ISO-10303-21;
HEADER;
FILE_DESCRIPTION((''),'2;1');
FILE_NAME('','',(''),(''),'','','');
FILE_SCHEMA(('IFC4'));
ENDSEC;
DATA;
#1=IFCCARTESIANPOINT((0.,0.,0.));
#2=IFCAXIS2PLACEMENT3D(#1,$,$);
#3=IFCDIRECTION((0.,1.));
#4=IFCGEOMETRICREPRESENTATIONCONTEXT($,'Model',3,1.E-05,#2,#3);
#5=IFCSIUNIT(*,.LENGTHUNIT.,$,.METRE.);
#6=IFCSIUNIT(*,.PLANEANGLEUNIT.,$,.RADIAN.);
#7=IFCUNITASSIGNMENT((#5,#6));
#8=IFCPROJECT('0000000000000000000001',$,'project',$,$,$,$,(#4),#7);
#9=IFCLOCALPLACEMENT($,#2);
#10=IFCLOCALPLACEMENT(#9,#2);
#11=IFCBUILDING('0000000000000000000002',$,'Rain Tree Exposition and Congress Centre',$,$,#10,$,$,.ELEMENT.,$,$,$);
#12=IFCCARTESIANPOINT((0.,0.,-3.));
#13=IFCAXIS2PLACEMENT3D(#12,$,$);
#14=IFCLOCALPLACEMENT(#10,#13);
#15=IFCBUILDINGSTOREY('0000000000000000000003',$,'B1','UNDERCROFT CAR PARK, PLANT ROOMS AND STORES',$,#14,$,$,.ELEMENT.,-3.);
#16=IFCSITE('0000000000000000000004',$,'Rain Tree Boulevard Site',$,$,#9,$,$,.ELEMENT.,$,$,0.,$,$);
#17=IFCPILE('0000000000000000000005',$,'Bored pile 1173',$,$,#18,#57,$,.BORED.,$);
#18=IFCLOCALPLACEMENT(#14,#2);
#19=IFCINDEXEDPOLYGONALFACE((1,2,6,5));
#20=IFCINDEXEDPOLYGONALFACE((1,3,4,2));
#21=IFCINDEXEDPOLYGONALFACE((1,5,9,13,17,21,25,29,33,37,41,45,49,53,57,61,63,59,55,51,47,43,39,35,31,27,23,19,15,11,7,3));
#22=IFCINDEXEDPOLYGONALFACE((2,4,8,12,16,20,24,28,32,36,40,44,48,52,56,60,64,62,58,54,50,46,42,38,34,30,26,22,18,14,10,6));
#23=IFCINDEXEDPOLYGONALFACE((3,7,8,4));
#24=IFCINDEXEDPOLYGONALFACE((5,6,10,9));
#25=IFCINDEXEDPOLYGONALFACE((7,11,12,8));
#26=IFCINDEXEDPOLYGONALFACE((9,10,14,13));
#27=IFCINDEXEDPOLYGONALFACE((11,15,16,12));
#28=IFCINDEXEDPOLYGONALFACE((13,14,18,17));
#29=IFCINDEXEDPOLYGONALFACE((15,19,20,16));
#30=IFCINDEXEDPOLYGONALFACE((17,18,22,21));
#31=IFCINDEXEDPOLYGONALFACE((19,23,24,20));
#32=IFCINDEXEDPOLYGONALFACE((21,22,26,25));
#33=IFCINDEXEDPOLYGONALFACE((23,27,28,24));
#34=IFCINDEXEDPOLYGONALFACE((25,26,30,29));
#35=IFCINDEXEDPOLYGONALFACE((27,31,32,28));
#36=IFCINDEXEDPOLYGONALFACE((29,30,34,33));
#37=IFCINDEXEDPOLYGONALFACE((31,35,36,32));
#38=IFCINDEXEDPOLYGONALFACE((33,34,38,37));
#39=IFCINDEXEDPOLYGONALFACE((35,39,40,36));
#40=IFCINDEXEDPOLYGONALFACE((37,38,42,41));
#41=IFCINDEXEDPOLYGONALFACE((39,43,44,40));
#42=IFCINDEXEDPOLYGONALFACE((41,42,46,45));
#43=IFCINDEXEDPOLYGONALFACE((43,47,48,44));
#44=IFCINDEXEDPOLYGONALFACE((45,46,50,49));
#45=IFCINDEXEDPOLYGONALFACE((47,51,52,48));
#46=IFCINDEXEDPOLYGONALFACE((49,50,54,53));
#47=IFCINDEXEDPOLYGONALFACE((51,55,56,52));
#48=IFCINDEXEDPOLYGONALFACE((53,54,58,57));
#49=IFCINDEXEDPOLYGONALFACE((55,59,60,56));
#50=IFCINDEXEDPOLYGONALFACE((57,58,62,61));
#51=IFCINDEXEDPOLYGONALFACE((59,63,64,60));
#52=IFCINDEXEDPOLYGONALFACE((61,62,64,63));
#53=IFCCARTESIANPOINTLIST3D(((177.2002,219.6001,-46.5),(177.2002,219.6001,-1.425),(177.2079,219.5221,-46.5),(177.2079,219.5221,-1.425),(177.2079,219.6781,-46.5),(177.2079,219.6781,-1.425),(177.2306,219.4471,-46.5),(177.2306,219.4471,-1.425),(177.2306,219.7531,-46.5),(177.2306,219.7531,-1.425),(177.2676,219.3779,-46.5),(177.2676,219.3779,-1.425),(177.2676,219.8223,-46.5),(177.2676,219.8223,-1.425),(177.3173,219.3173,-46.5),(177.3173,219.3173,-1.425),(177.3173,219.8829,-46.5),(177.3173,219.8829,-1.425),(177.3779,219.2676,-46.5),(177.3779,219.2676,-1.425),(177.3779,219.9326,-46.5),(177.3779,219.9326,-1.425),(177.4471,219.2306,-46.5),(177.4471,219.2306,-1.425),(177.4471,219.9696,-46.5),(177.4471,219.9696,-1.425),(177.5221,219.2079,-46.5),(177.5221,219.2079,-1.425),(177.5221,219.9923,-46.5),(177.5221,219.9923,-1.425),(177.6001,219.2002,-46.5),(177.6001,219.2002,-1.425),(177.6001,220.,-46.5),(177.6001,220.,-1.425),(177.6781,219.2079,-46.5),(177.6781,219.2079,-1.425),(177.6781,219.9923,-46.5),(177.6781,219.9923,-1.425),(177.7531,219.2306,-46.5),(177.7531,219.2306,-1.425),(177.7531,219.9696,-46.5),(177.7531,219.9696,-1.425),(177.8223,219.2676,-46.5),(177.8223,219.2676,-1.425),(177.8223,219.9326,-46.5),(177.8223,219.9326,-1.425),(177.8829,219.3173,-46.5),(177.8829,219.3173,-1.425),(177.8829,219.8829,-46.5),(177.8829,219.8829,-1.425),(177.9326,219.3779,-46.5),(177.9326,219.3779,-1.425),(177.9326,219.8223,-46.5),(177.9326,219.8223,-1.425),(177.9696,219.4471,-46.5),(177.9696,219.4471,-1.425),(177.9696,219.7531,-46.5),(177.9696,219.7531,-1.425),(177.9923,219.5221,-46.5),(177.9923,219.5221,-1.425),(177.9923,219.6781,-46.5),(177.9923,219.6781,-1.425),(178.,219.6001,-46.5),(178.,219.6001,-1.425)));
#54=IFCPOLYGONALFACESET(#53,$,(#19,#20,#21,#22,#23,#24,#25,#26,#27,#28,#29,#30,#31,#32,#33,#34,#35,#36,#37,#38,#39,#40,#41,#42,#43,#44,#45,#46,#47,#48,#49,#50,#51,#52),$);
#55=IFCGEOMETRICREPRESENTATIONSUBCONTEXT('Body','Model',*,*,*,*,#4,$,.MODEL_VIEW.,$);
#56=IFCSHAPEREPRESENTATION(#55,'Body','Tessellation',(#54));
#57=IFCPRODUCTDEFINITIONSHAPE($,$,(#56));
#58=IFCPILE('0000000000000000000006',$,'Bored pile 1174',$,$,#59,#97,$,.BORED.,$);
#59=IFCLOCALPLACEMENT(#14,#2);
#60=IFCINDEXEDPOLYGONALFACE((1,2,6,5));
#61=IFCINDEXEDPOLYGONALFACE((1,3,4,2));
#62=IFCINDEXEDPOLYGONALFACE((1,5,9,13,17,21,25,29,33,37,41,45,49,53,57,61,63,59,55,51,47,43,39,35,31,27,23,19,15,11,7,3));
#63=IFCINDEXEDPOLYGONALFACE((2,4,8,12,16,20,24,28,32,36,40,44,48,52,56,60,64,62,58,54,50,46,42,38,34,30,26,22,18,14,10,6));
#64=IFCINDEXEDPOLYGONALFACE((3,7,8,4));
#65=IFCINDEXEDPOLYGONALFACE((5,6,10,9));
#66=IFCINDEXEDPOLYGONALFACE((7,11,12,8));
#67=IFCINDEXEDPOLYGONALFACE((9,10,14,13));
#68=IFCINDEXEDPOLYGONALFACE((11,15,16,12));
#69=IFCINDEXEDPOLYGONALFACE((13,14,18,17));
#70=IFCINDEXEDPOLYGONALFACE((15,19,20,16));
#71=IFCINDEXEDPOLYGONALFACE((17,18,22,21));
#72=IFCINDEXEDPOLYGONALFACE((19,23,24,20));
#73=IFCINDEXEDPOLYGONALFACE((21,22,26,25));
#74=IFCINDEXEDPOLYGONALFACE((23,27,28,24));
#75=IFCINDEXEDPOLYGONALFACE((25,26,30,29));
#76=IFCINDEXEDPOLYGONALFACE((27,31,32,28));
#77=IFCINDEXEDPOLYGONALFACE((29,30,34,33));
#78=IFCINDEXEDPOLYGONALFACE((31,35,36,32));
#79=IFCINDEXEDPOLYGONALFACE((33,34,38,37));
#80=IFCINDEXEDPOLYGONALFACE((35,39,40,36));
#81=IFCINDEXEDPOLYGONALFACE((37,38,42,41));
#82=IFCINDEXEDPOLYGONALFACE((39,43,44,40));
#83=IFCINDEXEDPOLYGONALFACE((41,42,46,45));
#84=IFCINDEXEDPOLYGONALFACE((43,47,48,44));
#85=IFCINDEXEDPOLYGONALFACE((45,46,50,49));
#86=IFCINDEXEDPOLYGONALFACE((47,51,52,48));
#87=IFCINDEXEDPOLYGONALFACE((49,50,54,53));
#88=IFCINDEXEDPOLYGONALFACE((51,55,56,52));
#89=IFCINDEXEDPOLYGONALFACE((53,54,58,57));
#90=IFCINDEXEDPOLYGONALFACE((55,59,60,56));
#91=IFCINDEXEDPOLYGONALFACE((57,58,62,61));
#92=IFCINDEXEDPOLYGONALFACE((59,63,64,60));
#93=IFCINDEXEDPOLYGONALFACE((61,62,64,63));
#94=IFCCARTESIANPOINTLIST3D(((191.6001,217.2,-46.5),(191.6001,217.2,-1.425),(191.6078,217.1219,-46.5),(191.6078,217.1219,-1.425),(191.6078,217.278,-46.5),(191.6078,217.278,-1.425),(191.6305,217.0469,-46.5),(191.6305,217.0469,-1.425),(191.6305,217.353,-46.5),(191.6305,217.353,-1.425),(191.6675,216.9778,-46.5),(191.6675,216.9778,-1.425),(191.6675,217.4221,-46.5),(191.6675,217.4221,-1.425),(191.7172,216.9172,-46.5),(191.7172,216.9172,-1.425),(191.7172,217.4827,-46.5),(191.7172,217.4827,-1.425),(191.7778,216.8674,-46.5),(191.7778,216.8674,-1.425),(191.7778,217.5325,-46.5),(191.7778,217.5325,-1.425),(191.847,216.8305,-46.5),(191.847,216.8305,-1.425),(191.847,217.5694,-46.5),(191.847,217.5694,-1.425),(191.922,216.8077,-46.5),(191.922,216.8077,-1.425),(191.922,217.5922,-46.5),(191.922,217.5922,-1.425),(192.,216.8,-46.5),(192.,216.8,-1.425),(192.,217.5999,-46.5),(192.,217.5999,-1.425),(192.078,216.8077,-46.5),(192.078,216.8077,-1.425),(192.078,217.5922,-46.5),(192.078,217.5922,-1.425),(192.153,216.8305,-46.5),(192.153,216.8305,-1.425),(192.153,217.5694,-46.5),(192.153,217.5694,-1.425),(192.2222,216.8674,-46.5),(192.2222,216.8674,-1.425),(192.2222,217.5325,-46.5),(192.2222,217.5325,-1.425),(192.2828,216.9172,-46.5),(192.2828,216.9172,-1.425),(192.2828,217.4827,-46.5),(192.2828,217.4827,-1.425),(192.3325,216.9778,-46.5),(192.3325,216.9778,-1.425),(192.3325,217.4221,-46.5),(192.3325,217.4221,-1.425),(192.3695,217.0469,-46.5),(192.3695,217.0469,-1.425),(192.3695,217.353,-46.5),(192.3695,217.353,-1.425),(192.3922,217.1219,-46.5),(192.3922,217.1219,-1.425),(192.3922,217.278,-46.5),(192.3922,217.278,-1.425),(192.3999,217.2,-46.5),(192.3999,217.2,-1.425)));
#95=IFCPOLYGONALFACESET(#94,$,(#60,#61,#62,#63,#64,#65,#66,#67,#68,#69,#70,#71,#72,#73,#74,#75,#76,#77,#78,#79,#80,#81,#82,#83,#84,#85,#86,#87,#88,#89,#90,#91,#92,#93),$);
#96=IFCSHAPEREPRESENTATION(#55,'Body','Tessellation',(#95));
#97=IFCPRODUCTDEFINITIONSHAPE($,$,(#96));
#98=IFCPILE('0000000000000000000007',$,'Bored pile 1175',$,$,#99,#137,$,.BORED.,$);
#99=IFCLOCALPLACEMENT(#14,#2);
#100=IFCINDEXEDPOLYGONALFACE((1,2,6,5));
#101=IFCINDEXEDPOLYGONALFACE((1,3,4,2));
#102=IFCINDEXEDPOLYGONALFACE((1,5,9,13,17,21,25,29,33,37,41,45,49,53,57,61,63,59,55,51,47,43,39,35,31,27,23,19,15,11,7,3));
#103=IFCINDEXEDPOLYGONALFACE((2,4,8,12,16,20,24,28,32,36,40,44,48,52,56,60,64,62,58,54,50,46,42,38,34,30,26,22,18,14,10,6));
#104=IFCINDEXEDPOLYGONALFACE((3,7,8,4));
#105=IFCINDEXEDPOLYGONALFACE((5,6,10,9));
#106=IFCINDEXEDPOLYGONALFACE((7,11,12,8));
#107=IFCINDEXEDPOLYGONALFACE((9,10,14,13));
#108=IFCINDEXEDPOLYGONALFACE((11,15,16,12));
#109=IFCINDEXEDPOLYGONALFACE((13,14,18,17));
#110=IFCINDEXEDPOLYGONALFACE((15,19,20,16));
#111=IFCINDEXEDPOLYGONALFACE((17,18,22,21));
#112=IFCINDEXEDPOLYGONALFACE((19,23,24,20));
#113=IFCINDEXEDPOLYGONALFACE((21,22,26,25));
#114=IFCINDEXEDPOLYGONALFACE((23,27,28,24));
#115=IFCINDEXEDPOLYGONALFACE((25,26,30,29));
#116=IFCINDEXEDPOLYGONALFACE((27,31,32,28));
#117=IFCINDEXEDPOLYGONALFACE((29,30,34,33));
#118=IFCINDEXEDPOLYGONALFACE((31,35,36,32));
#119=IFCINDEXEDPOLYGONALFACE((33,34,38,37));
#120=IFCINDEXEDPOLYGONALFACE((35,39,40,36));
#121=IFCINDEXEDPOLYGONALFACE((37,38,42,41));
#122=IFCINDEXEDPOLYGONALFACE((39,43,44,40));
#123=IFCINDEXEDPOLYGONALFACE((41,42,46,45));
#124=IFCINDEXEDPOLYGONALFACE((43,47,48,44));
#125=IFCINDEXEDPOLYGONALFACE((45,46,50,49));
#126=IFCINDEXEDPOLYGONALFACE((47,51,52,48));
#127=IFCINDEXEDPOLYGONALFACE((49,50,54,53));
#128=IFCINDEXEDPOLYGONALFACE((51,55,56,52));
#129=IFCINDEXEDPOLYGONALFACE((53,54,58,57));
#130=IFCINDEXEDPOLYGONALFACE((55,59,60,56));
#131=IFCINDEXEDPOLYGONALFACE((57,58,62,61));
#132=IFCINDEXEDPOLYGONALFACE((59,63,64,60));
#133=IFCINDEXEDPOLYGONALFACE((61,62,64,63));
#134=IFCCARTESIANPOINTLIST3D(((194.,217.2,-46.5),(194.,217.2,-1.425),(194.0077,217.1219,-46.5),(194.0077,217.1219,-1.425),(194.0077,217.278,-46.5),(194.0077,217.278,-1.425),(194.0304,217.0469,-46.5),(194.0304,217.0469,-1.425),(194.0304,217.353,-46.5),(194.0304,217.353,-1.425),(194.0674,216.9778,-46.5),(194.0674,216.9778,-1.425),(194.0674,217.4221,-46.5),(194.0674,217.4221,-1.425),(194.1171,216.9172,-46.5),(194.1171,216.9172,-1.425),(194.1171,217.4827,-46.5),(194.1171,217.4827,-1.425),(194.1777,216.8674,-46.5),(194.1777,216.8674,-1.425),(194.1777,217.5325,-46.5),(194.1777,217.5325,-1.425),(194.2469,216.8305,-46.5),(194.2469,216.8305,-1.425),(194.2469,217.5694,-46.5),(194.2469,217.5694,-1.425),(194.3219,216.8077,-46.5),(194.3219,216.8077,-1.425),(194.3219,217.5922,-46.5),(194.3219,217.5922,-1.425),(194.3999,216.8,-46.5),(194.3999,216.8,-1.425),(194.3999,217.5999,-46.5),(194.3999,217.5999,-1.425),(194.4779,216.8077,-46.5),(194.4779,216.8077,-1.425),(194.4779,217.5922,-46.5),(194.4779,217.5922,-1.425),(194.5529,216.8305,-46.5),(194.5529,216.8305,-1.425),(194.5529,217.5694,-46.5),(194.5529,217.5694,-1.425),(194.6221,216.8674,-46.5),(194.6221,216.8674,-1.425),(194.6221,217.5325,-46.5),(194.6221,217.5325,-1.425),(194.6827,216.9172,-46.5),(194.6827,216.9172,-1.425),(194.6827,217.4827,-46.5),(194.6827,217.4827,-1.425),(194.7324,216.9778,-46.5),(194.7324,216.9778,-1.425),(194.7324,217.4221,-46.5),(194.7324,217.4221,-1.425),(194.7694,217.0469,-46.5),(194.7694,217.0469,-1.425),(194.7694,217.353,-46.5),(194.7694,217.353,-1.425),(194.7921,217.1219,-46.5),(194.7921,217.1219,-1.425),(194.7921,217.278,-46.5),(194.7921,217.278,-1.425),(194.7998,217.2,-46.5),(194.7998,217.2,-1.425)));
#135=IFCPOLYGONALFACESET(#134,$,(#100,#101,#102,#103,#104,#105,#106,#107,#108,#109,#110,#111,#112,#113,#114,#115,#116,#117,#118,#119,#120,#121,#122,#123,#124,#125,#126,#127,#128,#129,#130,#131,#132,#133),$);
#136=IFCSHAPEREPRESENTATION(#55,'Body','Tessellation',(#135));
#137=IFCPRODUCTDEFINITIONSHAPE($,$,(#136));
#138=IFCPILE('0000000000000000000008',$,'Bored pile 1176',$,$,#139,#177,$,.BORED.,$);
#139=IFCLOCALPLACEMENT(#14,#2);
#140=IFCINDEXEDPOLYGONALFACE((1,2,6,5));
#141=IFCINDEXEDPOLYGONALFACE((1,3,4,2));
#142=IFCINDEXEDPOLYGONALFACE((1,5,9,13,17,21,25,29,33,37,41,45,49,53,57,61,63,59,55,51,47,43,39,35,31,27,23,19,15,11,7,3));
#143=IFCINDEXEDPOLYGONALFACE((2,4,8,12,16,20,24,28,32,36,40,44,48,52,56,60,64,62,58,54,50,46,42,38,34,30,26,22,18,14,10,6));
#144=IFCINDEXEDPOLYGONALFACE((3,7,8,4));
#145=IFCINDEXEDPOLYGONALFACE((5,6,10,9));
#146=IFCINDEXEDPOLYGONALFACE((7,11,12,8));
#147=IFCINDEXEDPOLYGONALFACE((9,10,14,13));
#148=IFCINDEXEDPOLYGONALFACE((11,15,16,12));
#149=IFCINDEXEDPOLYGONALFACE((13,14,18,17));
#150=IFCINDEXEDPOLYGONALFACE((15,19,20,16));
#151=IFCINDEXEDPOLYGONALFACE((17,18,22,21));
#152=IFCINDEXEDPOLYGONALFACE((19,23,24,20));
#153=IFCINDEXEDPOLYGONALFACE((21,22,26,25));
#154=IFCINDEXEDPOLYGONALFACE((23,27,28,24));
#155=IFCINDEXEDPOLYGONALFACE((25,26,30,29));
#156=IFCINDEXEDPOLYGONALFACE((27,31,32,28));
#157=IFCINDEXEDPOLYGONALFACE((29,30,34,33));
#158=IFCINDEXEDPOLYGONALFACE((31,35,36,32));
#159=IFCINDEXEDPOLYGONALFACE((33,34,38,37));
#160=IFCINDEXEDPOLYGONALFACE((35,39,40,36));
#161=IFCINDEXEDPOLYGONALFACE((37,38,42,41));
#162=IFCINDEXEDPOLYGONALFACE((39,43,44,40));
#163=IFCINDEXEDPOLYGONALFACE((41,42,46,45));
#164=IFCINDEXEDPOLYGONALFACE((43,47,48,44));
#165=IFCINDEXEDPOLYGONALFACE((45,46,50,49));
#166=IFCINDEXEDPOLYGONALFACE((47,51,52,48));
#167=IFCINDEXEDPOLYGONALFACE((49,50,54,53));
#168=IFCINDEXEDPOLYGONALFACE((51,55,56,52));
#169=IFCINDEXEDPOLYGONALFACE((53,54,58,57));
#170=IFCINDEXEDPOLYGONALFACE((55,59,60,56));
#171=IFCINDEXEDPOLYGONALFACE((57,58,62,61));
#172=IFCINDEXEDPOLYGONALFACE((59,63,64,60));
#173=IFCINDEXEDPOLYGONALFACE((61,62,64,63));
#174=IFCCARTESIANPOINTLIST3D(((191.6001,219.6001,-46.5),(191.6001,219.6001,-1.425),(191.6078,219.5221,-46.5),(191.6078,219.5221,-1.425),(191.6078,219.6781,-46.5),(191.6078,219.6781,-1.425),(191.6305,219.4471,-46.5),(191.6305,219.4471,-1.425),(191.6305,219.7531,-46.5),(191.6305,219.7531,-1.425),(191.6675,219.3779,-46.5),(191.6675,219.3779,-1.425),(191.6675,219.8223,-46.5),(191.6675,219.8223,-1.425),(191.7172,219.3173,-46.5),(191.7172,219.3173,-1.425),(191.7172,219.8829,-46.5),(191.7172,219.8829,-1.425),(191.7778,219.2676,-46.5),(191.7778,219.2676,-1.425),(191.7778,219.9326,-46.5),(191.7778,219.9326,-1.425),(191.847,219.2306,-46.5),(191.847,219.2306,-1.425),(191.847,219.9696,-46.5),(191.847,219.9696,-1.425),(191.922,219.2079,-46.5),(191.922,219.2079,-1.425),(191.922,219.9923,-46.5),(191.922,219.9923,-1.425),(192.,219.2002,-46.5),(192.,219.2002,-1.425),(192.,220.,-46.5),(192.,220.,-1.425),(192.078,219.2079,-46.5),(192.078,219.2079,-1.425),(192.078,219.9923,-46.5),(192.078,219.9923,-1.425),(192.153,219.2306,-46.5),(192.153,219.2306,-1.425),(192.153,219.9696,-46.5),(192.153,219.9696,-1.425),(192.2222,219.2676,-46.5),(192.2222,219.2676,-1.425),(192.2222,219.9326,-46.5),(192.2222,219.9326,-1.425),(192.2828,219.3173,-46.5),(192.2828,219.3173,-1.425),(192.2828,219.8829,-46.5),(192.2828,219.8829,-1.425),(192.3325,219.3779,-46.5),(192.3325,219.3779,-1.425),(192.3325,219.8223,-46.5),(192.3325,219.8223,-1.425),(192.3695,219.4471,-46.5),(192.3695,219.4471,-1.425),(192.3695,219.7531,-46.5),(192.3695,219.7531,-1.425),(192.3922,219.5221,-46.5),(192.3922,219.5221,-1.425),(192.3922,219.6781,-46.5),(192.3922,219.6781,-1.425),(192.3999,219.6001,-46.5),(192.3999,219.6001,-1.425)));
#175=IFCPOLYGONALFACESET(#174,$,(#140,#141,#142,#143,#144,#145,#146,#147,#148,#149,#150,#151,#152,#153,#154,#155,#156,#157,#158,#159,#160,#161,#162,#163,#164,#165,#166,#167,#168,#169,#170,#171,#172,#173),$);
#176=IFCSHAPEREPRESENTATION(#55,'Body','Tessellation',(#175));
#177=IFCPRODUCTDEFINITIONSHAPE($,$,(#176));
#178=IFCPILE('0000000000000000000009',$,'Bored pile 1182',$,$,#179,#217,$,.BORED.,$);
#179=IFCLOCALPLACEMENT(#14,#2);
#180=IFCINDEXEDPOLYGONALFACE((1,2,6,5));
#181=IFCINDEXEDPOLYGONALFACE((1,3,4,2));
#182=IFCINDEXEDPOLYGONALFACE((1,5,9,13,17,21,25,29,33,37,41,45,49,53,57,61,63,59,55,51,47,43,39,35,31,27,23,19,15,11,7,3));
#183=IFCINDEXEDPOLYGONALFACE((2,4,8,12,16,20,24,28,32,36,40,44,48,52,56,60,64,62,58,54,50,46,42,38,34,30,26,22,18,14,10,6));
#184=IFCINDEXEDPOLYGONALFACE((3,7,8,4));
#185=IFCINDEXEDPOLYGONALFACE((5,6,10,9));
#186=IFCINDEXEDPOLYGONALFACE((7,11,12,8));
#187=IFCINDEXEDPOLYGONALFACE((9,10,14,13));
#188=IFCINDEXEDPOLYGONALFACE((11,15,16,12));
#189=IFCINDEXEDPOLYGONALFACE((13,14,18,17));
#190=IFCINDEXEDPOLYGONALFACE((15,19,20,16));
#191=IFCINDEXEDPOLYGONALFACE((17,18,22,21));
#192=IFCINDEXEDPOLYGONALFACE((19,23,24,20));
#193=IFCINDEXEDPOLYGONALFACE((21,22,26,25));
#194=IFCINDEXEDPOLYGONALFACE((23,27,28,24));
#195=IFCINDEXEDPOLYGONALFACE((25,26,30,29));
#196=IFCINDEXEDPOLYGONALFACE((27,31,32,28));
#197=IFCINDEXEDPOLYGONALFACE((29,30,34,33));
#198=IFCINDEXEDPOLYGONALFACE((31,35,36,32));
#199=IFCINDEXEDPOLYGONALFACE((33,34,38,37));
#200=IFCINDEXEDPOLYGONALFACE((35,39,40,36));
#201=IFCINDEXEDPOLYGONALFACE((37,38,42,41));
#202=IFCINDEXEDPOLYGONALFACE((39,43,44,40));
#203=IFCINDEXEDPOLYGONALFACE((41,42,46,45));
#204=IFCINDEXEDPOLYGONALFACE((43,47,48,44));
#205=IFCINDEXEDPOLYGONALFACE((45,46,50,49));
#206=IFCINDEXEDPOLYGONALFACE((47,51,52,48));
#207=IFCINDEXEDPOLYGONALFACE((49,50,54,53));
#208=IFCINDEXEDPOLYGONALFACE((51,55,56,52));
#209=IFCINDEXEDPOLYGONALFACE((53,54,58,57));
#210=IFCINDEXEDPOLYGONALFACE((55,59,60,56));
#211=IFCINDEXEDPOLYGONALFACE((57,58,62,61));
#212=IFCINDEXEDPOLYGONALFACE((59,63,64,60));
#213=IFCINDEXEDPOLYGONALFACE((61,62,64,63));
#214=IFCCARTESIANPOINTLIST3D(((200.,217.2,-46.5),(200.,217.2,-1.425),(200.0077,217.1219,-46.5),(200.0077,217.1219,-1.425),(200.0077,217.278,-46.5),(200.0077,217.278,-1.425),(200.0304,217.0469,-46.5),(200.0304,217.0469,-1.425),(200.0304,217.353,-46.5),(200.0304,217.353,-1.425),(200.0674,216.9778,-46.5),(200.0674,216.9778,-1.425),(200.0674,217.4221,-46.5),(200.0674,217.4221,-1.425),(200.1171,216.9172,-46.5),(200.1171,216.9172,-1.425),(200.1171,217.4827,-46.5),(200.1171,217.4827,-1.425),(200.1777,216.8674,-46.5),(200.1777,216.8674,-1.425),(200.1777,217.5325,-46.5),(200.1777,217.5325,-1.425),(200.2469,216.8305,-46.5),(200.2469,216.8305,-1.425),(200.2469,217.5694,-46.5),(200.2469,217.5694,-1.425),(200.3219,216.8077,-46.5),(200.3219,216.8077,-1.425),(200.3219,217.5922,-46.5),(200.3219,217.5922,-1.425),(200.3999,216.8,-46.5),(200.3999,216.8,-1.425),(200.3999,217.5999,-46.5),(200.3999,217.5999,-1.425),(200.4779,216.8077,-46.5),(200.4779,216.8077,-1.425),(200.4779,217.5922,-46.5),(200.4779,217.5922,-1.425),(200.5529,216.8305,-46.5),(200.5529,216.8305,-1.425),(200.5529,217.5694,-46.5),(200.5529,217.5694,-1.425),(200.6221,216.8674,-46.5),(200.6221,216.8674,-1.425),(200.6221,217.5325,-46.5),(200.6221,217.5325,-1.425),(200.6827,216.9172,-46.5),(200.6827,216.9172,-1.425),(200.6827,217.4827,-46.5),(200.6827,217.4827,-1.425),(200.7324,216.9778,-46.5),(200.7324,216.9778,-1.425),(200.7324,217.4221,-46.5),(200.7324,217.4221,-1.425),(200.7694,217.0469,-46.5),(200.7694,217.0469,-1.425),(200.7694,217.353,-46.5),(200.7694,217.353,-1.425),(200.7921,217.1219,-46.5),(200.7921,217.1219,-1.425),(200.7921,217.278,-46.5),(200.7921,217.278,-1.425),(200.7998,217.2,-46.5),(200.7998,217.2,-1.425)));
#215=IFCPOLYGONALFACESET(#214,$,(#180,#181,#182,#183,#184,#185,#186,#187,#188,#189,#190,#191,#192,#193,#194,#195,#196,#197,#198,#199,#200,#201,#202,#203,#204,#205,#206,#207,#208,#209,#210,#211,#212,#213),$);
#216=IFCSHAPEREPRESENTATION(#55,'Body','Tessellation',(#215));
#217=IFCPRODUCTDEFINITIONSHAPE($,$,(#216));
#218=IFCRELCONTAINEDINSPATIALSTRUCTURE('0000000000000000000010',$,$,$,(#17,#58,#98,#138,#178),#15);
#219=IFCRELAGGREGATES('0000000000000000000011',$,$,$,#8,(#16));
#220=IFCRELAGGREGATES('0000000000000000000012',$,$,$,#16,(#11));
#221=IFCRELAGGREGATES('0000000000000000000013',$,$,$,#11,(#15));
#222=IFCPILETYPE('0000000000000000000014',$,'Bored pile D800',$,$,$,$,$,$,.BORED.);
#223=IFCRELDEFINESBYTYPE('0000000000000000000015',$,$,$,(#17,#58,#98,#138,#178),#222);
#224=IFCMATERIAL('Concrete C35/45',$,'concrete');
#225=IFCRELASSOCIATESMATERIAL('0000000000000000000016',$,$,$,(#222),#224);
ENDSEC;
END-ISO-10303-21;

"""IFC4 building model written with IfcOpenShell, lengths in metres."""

from ifc_helpers import new_model, si_unit, direction, frame, origin, origin_2d, place, context, subcontext, project, spatial, circle, extrude, material, material_profile, profile_set, type_object, element, save


model = new_model("IFC4")

# Units and contexts
model_context = context("Model", 3, precision=1e-05, world=origin(), true_north=direction((0.0, 1.0)))
body_context = subcontext(model_context, "Body", "Model", "MODEL_VIEW")
ifc_project = project(units=[si_unit("LENGTHUNIT", "METRE"), si_unit("PLANEANGLEUNIT", "RADIAN")], contexts=[model_context])

# Site, building, storey
site_placement = place(None, origin())
site = spatial("IfcSite", under=ifc_project, at=site_placement, Name="Rain Tree Boulevard Site", CompositionType="ELEMENT", RefElevation=0.0)
building_placement = place(site_placement, origin())
building = spatial("IfcBuilding", under=site, at=building_placement, Name="Rain Tree Exposition and Congress Centre", CompositionType="ELEMENT")
storey_placement = place(building_placement, frame((0.0, 0.0, -3.0)))
storey = spatial("IfcBuildingStorey", under=building, at=storey_placement, Name="B1", Description="UNDERCROFT CAR PARK, PLANT ROOMS AND STORES", CompositionType="ELEMENT", Elevation=-3.0)

# Piles
ifc_material_1 = material(Name="Concrete C35/45", Category="concrete")
ifc_material_profile_1 = material_profile(ifc_material_1, circle(Radius=0.3999, at=origin_2d()), Name="D800")
ifc_profile_set_1 = profile_set([ifc_material_profile_1], Name="Concrete C35/45")
pile_type_1 = type_object("IfcPileType", Name="Bored pile D800", PredefinedType="BORED", material=ifc_profile_set_1)
for number, where, z_axis, x_axis, name in (
    (1, (177.6001, 219.6001, -1.425), (0.0, 0.0, -1.0), (1.0, 0.0, 0.0), "Bored pile 1173"),
    (2, (192.0, 217.2, -1.425), (0.0, 0.0, -1.0), (1.0, 0.0, 0.0), "Bored pile 1174"),
    (3, (194.3999, 217.2, -1.425), (0.0, 0.0, -1.0), (1.0, 0.0, 0.0), "Bored pile 1175"),
    (4, (192.0, 219.6001, -1.425), (0.0, 0.0, -1.0), (1.0, 0.0, 0.0), "Bored pile 1176"),
    (5, (200.3999, 217.2, -1.425), (0.0, 0.0, -1.0), (1.0, 0.0, 0.0), "Bored pile 1182"),
):
    element("IfcPile", number, at=place(storey_placement, frame(where, z_axis=z_axis, x_axis=x_axis)), inside=storey, type_object=pile_type_1, Name=name, PredefinedType="BORED", context=body_context, shape_type="SweptSolid", body=[
        extrude(circle(Radius=0.3999, at=origin_2d()), origin(), (0.0, 0.0, 1.0), 45.075),
    ])

save(model, "model.ifc")
